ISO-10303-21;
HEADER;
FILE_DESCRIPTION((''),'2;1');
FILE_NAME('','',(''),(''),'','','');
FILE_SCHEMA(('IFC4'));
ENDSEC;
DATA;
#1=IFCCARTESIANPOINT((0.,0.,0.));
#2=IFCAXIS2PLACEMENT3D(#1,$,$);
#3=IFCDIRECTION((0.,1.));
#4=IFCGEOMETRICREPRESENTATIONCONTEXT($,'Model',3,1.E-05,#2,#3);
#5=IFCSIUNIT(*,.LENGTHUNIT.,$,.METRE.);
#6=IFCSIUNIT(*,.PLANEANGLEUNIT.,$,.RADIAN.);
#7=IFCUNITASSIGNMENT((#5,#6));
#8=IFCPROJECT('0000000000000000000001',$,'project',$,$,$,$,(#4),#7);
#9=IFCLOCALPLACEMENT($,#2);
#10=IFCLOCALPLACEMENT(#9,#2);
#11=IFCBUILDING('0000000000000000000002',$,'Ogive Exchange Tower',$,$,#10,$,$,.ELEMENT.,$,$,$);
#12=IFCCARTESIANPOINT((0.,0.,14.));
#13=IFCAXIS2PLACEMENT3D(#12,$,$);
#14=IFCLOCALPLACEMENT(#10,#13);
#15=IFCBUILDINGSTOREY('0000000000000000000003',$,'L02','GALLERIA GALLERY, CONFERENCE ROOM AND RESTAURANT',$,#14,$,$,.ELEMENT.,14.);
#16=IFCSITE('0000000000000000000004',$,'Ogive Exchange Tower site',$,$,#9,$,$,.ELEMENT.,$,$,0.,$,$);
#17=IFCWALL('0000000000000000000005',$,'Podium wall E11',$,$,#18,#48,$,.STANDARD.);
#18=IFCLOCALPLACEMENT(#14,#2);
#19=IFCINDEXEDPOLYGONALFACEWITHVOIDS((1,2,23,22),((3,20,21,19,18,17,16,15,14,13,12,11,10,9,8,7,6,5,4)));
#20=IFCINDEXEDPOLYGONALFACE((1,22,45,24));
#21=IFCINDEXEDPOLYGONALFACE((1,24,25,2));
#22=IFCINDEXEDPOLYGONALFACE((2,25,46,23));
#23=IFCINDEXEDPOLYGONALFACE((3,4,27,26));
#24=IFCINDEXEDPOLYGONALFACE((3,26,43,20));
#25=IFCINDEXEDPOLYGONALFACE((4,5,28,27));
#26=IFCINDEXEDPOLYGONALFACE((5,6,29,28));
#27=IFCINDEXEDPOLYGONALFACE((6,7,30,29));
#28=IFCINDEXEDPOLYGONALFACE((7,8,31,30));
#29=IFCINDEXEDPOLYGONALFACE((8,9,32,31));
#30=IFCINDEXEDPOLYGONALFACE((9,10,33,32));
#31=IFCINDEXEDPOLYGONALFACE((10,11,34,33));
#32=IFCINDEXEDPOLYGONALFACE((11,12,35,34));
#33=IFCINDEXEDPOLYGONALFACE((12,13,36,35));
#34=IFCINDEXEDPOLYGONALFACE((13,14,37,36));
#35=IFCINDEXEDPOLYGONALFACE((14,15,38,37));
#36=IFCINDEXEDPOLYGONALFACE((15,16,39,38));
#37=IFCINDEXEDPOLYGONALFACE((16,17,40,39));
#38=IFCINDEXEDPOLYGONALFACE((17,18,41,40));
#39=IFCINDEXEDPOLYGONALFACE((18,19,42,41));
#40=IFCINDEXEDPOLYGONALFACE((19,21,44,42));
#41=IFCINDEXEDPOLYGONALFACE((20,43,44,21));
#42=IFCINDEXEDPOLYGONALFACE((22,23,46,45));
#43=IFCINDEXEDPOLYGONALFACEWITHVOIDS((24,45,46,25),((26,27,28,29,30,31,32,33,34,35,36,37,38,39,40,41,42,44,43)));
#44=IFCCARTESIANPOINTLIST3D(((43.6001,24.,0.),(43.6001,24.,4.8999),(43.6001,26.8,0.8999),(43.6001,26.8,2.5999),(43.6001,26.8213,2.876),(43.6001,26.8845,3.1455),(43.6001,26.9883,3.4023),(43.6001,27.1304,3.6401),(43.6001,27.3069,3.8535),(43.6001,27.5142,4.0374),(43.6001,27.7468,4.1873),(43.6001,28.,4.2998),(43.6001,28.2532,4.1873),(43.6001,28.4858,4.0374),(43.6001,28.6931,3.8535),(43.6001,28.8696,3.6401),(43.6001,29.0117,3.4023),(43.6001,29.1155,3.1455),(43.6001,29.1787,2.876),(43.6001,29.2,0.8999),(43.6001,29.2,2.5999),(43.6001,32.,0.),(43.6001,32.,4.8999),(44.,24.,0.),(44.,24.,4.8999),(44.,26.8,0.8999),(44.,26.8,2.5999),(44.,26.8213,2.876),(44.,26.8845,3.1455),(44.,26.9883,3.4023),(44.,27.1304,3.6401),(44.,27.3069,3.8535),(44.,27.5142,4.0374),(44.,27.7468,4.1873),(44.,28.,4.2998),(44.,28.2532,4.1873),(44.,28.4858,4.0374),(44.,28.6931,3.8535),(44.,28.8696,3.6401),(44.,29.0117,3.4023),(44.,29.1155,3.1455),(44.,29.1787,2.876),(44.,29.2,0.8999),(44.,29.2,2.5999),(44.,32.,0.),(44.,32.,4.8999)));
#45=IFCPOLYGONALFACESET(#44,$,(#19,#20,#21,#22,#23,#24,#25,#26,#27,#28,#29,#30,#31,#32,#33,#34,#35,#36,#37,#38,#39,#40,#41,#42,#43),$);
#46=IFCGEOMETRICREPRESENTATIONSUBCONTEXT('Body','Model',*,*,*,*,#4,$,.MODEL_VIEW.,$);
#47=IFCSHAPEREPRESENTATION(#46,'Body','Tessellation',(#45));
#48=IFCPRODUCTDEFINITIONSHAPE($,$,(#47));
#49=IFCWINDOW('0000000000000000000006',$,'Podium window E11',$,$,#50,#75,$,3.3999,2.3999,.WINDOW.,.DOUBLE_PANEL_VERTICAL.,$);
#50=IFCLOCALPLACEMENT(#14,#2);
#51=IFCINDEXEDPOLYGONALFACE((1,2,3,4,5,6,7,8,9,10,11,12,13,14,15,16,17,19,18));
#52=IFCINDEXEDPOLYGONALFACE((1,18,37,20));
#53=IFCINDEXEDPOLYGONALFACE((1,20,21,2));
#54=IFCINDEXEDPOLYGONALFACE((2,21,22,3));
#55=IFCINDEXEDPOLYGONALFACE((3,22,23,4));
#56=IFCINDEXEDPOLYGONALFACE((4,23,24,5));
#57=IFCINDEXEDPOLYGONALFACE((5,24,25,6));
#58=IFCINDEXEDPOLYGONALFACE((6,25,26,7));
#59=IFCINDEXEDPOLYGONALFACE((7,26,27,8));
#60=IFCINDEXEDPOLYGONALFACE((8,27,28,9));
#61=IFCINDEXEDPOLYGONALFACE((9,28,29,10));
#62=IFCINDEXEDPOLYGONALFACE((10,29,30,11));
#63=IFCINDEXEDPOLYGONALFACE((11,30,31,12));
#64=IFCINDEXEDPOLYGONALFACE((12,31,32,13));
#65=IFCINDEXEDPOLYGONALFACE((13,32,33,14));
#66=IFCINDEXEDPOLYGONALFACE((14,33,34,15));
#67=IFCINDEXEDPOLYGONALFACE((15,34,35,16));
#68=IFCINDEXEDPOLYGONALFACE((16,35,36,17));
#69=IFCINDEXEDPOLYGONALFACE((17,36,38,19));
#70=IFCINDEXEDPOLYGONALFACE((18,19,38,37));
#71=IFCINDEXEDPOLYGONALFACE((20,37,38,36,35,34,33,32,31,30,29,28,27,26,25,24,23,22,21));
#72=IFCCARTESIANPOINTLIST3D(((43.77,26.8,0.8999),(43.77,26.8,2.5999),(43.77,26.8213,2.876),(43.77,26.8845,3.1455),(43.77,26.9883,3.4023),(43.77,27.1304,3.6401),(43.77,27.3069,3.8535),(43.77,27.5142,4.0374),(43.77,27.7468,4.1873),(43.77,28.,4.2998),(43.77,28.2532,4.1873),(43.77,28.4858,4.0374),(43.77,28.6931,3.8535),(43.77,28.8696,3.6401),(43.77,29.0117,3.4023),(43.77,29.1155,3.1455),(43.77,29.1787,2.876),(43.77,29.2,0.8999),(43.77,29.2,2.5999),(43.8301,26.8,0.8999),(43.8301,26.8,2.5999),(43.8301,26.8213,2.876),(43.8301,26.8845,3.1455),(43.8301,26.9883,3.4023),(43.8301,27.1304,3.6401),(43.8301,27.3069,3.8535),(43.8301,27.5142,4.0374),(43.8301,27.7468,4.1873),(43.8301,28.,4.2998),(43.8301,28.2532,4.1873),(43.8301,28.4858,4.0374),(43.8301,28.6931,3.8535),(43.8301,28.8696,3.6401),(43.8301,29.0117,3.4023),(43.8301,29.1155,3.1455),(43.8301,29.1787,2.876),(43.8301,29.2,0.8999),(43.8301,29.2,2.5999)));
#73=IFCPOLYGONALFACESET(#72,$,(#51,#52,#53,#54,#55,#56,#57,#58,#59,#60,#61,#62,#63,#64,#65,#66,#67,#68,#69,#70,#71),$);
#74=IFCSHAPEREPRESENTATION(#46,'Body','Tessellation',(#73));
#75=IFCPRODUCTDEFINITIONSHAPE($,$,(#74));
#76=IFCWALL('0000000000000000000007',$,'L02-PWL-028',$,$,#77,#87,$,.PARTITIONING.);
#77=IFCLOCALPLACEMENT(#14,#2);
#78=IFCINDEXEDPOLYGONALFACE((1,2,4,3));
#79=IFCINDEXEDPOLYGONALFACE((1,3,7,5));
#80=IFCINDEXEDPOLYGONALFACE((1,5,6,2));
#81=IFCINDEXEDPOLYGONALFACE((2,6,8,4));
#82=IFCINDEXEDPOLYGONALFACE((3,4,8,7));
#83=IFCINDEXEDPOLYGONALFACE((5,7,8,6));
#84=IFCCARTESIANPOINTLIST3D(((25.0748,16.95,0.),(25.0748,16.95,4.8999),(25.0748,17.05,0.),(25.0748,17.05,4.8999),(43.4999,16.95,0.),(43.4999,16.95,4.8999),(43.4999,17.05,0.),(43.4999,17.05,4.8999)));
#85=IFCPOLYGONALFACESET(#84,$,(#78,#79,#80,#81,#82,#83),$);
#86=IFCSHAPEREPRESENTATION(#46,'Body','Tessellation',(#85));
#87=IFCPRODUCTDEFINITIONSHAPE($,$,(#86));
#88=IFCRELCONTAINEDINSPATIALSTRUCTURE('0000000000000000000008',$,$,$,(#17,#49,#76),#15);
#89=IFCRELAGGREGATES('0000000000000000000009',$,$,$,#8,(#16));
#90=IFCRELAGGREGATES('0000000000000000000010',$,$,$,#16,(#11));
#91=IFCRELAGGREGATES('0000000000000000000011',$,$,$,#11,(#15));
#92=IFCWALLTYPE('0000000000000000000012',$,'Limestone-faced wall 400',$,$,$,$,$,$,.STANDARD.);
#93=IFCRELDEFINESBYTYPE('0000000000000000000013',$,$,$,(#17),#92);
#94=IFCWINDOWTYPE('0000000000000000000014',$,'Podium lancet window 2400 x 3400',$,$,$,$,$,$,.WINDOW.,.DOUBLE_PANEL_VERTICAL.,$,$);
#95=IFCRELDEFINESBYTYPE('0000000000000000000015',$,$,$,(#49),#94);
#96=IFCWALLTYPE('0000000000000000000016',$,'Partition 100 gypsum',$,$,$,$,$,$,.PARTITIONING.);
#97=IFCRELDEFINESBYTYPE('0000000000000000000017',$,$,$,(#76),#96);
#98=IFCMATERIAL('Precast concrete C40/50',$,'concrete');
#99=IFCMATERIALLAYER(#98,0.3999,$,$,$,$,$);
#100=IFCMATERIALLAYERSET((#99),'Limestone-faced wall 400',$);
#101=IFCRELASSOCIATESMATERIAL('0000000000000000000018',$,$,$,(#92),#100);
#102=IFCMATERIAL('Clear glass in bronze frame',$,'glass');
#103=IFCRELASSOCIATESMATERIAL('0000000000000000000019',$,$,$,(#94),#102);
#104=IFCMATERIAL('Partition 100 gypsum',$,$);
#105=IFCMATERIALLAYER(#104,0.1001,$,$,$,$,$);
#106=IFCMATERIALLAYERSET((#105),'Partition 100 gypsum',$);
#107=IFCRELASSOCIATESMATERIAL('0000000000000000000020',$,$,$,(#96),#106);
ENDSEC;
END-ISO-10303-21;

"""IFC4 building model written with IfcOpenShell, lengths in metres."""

from ifc_helpers import new_model, si_unit, direction, frame, frame_2d, origin, place, context, subcontext, project, spatial, polyline, rectangle, outline, extrude, material, layer, layer_set, type_object, element, fill, save


model = new_model("IFC4")

# Units and contexts
model_context = context("Model", 3, precision=1e-05, world=origin(), true_north=direction((0.0, 1.0)))
body_context = subcontext(model_context, "Body", "Model", "MODEL_VIEW")
ifc_project = project(units=[si_unit("LENGTHUNIT", "METRE"), si_unit("PLANEANGLEUNIT", "RADIAN")], contexts=[model_context])

# Site, building, storey
site_placement = place(None, origin())
site = spatial("IfcSite", under=ifc_project, at=site_placement, Name="Ogive Exchange Tower site", CompositionType="ELEMENT", RefElevation=0.0)
building_placement = place(site_placement, origin())
building = spatial("IfcBuilding", under=site, at=building_placement, Name="Ogive Exchange Tower", CompositionType="ELEMENT")
storey_placement = place(building_placement, frame((0.0, 0.0, 14.0)))
storey = spatial("IfcBuildingStorey", under=building, at=storey_placement, Name="L02", Description="GALLERIA GALLERY, CONFERENCE ROOM AND RESTAURANT", CompositionType="ELEMENT", Elevation=14.0)

# Shared definitions
ifc_material_1 = material(Name="Precast concrete C40/50", Category="concrete")
ifc_layer_1 = layer(ifc_material_1, 0.3999)
ifc_layer_set_1 = layer_set([ifc_layer_1], Name="Limestone-faced wall 400")
wall_type_1 = type_object("IfcWallType", Name="Limestone-faced wall 400", PredefinedType="STANDARD", material=ifc_layer_set_1)
ifc_material_2 = material(Name="Clear glass in bronze frame", Category="glass")

# Wall, opening, window
wall_1_placement = place(storey_placement, frame((43.8, 24.0, 0.0), z_axis=(0.0, 0.0, 1.0), x_axis=(0.0, 1.0, 0.0)))
wall_1 = element("IfcWall", 1, at=wall_1_placement, inside=storey, type_object=wall_type_1, Name="Podium wall E11", PredefinedType="STANDARD", context=body_context, shape_type="SweptSolid", body=[
    extrude(rectangle(XDim=8.0, YDim=0.3999, at=frame_2d((4.0, 0.0))), origin(), (0.0, 0.0, 1.0), 4.8999),
])
opening_1_placement = place(wall_1_placement, frame((2.8, 0.0, 0.8999)))
opening_1 = element("IfcOpeningElement", 2, at=opening_1_placement, cuts=wall_1, PredefinedType="OPENING", context=body_context, shape_type="SweptSolid", body=[
    extrude(outline(polyline([(0.0, 0.0), (2.3999, 0.0), (2.3999, 1.7), (2.3787, 1.9761), (2.3154, 2.2456), (2.2117, 2.5024), (2.0696, 2.7402), (1.8931, 2.9536), (1.6858, 3.1375), (1.4531, 3.2874), (1.2, 3.3999), (0.9468, 3.2874), (0.7141, 3.1375), (0.5068, 2.9536), (0.3303, 2.7402), (0.1882, 2.5024), (0.0845, 2.2456), (0.0212, 1.9761), (0.0, 1.7), (0.0, 0.0)])), frame((0.0, 0.21, 0.0), z_axis=(0.0, -1.0, 0.0), x_axis=(1.0, 0.0, 0.0)), (0.0, 0.0, 1.0), 0.4199),
])
window_type_1 = type_object("IfcWindowType", Name="Podium lancet window 2400 x 3400", PartitioningType="DOUBLE_PANEL_VERTICAL", PredefinedType="WINDOW", material=ifc_material_2)
window_1_placement = place(opening_1_placement, origin())
window_1 = element("IfcWindow", 3, at=window_1_placement, inside=storey, type_object=window_type_1, Name="Podium window E11", OverallHeight=3.3999, OverallWidth=2.3999, PartitioningType="DOUBLE_PANEL_VERTICAL", PredefinedType="WINDOW", context=body_context, shape_type="SweptSolid", body=[
    extrude(outline(polyline([(0.0, 0.0), (2.3999, 0.0), (2.3999, 1.7), (2.3787, 1.9761), (2.3154, 2.2456), (2.2117, 2.5024), (2.0696, 2.7402), (1.8931, 2.9536), (1.6858, 3.1375), (1.4531, 3.2874), (1.2, 3.3999), (0.9468, 3.2874), (0.7141, 3.1375), (0.5068, 2.9536), (0.3303, 2.7402), (0.1882, 2.5024), (0.0845, 2.2456), (0.0212, 1.9761), (0.0, 1.7), (0.0, 0.0)])), frame((0.0, 0.03, 0.0), z_axis=(0.0, -1.0, 0.0), x_axis=(1.0, 0.0, 0.0)), (0.0, 0.0, 1.0), 0.0601),
])
fill(opening_1, window_1)

# Wall
ifc_material_3 = material(Name="Partition 100 gypsum")
ifc_layer_2 = layer(ifc_material_3, 0.1001)
ifc_layer_set_2 = layer_set([ifc_layer_2], Name="Partition 100 gypsum")
wall_type_2 = type_object("IfcWallType", Name="Partition 100 gypsum", PredefinedType="PARTITIONING", material=ifc_layer_set_2)
wall_2_placement = place(storey_placement, frame((25.075, 17.0, 0.0), z_axis=(0.0, 0.0, 1.0), x_axis=(1.0, 0.0, 0.0)))
element("IfcWall", 4, at=wall_2_placement, inside=storey, type_object=wall_type_2, Name="L02-PWL-028", PredefinedType="PARTITIONING", context=body_context, shape_type="SweptSolid", body=[
    extrude(rectangle(XDim=18.425, YDim=0.1001, at=frame_2d((9.2124, 0.0))), origin(), (0.0, 0.0, 1.0), 4.8999),
])

save(model, "model.ifc")
